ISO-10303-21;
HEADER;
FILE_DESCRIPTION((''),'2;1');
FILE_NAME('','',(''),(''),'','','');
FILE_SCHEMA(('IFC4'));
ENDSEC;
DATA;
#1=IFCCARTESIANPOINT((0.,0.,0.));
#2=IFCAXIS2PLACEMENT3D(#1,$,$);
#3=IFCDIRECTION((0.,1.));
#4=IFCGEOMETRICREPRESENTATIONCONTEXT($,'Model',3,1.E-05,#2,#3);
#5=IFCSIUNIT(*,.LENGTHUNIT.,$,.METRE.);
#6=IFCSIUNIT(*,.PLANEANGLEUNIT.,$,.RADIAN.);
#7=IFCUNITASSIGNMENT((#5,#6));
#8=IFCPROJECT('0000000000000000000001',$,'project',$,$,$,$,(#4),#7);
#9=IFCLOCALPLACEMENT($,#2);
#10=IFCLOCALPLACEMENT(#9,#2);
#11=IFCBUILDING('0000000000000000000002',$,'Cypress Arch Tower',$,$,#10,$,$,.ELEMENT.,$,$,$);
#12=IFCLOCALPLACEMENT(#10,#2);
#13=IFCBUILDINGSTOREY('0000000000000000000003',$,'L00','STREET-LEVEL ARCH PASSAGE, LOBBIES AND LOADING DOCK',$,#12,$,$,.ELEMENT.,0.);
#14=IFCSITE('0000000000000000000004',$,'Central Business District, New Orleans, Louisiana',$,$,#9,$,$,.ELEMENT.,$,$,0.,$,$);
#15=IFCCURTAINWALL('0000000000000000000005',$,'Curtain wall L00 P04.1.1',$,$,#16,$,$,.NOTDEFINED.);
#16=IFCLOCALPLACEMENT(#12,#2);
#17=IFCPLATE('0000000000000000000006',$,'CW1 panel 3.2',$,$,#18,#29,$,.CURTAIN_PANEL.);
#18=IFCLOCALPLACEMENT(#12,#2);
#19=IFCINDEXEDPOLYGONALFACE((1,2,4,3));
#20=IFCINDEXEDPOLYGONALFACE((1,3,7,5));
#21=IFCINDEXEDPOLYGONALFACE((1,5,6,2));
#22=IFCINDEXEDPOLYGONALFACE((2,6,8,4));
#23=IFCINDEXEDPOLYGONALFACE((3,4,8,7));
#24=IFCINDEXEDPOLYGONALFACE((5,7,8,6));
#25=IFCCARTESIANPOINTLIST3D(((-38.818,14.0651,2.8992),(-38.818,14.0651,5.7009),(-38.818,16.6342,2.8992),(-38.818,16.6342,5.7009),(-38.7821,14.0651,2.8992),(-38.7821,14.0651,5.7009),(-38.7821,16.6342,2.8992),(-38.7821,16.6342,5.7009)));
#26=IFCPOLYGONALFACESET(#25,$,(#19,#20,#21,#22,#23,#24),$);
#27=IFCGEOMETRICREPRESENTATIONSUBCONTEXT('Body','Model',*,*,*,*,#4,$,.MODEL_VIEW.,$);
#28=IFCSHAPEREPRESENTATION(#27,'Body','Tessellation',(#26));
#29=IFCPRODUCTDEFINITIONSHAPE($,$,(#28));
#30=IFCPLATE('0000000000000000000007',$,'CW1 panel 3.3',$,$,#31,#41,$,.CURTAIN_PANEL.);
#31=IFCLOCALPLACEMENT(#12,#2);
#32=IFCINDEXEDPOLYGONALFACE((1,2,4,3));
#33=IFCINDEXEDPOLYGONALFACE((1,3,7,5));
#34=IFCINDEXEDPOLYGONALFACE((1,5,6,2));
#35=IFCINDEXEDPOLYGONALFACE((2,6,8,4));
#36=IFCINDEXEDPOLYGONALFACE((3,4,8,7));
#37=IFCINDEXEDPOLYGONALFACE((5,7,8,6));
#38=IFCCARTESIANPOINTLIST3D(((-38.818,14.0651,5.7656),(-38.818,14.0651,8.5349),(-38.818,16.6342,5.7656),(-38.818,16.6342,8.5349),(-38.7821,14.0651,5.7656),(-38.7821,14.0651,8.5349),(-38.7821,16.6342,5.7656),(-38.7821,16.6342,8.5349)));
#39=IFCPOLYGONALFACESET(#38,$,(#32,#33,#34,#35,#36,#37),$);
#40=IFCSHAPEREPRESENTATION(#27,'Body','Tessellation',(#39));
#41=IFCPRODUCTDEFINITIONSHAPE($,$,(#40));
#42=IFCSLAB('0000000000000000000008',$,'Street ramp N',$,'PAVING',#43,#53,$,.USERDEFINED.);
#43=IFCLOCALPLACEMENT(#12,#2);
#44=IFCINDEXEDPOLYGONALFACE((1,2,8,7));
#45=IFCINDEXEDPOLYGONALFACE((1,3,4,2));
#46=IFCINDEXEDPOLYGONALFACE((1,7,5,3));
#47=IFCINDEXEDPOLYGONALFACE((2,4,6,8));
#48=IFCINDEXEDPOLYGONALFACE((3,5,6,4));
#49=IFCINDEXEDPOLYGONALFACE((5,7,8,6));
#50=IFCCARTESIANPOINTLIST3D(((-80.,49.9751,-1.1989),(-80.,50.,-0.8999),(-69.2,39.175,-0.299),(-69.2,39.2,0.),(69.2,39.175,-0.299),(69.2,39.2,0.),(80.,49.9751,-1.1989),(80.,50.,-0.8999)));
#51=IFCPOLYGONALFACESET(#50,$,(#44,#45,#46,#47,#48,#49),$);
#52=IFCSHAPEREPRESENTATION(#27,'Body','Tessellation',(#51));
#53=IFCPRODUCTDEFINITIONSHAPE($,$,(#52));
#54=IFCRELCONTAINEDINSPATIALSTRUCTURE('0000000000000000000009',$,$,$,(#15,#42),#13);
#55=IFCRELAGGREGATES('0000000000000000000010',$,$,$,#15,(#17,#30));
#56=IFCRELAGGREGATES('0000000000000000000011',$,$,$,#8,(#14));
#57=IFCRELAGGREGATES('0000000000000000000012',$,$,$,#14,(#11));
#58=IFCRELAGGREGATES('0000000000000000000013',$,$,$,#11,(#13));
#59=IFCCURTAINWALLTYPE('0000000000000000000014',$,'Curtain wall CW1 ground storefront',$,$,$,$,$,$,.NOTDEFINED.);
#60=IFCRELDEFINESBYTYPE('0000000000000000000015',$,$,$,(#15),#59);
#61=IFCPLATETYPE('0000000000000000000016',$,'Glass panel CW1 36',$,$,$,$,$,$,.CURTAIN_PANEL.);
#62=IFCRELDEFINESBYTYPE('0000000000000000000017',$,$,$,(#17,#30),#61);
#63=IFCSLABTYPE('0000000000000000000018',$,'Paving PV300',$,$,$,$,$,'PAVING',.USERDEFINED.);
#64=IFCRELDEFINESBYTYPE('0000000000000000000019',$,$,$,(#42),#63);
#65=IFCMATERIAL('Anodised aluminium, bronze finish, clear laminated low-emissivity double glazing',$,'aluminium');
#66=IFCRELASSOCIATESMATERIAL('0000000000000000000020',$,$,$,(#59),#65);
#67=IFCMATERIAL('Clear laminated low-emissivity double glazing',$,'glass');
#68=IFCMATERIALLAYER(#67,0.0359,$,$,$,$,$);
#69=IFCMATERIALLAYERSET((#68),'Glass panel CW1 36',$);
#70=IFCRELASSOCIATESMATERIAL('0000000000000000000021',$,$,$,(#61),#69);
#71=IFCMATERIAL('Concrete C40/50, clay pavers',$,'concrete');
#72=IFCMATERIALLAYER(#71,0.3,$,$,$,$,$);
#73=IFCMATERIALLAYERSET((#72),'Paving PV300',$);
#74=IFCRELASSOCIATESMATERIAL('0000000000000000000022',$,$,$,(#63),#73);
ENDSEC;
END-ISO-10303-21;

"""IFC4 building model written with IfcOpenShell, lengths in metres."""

from ifc_helpers import new_model, si_unit, direction, frame, origin, origin_2d, place, context, subcontext, project, spatial, polyline, rectangle, outline, extrude, material, layer, layer_set, type_object, element, aggregate, save


model = new_model("IFC4")

# Units and contexts
model_context = context("Model", 3, precision=1e-05, world=origin(), true_north=direction((0.0, 1.0)))
body_context = subcontext(model_context, "Body", "Model", "MODEL_VIEW")
ifc_project = project(units=[si_unit("LENGTHUNIT", "METRE"), si_unit("PLANEANGLEUNIT", "RADIAN")], contexts=[model_context])

# Site, building, storey
site_placement = place(None, origin())
site = spatial("IfcSite", under=ifc_project, at=site_placement, Name="Central Business District, New Orleans, Louisiana", CompositionType="ELEMENT", RefElevation=0.0)
building_placement = place(site_placement, origin())
building = spatial("IfcBuilding", under=site, at=building_placement, Name="Cypress Arch Tower", CompositionType="ELEMENT")
storey_placement = place(building_placement, origin())
storey = spatial("IfcBuildingStorey", under=building, at=storey_placement, Name="L00", Description="STREET-LEVEL ARCH PASSAGE, LOBBIES AND LOADING DOCK", CompositionType="ELEMENT", Elevation=0.0)

# Curtain wall, plates
ifc_material_1 = material(Name="Anodised aluminium, bronze finish, clear laminated low-emissivity double glazing", Category="aluminium")
curtain_wall_type = type_object("IfcCurtainWallType", Name="Curtain wall CW1 ground storefront", PredefinedType="NOTDEFINED", material=ifc_material_1)
curtain_wall_placement = place(storey_placement, origin())
curtain_wall = element("IfcCurtainWall", 1, at=curtain_wall_placement, inside=storey, type_object=curtain_wall_type, Name="Curtain wall L00 P04.1.1", PredefinedType="NOTDEFINED")
ifc_material_2 = material(Name="Clear laminated low-emissivity double glazing", Category="glass")
ifc_layer_1 = layer(ifc_material_2, 0.0359)
ifc_layer_set_1 = layer_set([ifc_layer_1], Name="Glass panel CW1 36")
plate_type = type_object("IfcPlateType", Name="Glass panel CW1 36", PredefinedType="CURTAIN_PANEL", material=ifc_layer_set_1)
plate_1_placement = place(storey_placement, frame((-38.8, 15.3496, 2.8992), z_axis=(0.0, 0.0, 1.0), x_axis=(0.0, -1.0, 0.0)))
plate_1 = element("IfcPlate", 2, at=plate_1_placement, type_object=plate_type, Name="CW1 panel 3.2", PredefinedType="CURTAIN_PANEL", context=body_context, shape_type="SweptSolid", body=[
    extrude(rectangle(XDim=2.5691, YDim=0.0359, at=origin_2d()), origin(), (0.0, 0.0, 1.0), 2.8018),
])
plate_2_placement = place(storey_placement, frame((-38.8, 15.3496, 5.7656), z_axis=(0.0, 0.0, 1.0), x_axis=(0.0, -1.0, 0.0)))
plate_2 = element("IfcPlate", 3, at=plate_2_placement, type_object=plate_type, Name="CW1 panel 3.3", PredefinedType="CURTAIN_PANEL", context=body_context, shape_type="SweptSolid", body=[
    extrude(rectangle(XDim=2.5691, YDim=0.0359, at=origin_2d()), origin(), (0.0, 0.0, 1.0), 2.7693),
])
aggregate(curtain_wall, [plate_1, plate_2])

# Slab
ifc_material_3 = material(Name="Concrete C40/50, clay pavers", Category="concrete")
ifc_layer_2 = layer(ifc_material_3, 0.3)
ifc_layer_set_2 = layer_set([ifc_layer_2], Name="Paving PV300")
slab_type = type_object("IfcSlabType", Name="Paving PV300", ElementType="PAVING", PredefinedType="USERDEFINED", material=ifc_layer_set_2)
slab_placement = place(storey_placement, frame((-69.2, 39.2, 0.0), z_axis=(0.0, 0.083036, 0.996547), x_axis=(1.0, 0.0, 0.0)))
element("IfcSlab", 4, at=slab_placement, inside=storey, type_object=slab_type, Name="Street ramp N", ObjectType="PAVING", PredefinedType="USERDEFINED", context=body_context, shape_type="SweptSolid", body=[
    extrude(outline(polyline([(0.0, 0.0), (138.3999, 0.0), (149.2, 10.8375), (-10.8, 10.8375), (0.0, 0.0)])), origin(), (0.0, 0.0, -1.0), 0.3),
])

save(model, "model.ifc")
